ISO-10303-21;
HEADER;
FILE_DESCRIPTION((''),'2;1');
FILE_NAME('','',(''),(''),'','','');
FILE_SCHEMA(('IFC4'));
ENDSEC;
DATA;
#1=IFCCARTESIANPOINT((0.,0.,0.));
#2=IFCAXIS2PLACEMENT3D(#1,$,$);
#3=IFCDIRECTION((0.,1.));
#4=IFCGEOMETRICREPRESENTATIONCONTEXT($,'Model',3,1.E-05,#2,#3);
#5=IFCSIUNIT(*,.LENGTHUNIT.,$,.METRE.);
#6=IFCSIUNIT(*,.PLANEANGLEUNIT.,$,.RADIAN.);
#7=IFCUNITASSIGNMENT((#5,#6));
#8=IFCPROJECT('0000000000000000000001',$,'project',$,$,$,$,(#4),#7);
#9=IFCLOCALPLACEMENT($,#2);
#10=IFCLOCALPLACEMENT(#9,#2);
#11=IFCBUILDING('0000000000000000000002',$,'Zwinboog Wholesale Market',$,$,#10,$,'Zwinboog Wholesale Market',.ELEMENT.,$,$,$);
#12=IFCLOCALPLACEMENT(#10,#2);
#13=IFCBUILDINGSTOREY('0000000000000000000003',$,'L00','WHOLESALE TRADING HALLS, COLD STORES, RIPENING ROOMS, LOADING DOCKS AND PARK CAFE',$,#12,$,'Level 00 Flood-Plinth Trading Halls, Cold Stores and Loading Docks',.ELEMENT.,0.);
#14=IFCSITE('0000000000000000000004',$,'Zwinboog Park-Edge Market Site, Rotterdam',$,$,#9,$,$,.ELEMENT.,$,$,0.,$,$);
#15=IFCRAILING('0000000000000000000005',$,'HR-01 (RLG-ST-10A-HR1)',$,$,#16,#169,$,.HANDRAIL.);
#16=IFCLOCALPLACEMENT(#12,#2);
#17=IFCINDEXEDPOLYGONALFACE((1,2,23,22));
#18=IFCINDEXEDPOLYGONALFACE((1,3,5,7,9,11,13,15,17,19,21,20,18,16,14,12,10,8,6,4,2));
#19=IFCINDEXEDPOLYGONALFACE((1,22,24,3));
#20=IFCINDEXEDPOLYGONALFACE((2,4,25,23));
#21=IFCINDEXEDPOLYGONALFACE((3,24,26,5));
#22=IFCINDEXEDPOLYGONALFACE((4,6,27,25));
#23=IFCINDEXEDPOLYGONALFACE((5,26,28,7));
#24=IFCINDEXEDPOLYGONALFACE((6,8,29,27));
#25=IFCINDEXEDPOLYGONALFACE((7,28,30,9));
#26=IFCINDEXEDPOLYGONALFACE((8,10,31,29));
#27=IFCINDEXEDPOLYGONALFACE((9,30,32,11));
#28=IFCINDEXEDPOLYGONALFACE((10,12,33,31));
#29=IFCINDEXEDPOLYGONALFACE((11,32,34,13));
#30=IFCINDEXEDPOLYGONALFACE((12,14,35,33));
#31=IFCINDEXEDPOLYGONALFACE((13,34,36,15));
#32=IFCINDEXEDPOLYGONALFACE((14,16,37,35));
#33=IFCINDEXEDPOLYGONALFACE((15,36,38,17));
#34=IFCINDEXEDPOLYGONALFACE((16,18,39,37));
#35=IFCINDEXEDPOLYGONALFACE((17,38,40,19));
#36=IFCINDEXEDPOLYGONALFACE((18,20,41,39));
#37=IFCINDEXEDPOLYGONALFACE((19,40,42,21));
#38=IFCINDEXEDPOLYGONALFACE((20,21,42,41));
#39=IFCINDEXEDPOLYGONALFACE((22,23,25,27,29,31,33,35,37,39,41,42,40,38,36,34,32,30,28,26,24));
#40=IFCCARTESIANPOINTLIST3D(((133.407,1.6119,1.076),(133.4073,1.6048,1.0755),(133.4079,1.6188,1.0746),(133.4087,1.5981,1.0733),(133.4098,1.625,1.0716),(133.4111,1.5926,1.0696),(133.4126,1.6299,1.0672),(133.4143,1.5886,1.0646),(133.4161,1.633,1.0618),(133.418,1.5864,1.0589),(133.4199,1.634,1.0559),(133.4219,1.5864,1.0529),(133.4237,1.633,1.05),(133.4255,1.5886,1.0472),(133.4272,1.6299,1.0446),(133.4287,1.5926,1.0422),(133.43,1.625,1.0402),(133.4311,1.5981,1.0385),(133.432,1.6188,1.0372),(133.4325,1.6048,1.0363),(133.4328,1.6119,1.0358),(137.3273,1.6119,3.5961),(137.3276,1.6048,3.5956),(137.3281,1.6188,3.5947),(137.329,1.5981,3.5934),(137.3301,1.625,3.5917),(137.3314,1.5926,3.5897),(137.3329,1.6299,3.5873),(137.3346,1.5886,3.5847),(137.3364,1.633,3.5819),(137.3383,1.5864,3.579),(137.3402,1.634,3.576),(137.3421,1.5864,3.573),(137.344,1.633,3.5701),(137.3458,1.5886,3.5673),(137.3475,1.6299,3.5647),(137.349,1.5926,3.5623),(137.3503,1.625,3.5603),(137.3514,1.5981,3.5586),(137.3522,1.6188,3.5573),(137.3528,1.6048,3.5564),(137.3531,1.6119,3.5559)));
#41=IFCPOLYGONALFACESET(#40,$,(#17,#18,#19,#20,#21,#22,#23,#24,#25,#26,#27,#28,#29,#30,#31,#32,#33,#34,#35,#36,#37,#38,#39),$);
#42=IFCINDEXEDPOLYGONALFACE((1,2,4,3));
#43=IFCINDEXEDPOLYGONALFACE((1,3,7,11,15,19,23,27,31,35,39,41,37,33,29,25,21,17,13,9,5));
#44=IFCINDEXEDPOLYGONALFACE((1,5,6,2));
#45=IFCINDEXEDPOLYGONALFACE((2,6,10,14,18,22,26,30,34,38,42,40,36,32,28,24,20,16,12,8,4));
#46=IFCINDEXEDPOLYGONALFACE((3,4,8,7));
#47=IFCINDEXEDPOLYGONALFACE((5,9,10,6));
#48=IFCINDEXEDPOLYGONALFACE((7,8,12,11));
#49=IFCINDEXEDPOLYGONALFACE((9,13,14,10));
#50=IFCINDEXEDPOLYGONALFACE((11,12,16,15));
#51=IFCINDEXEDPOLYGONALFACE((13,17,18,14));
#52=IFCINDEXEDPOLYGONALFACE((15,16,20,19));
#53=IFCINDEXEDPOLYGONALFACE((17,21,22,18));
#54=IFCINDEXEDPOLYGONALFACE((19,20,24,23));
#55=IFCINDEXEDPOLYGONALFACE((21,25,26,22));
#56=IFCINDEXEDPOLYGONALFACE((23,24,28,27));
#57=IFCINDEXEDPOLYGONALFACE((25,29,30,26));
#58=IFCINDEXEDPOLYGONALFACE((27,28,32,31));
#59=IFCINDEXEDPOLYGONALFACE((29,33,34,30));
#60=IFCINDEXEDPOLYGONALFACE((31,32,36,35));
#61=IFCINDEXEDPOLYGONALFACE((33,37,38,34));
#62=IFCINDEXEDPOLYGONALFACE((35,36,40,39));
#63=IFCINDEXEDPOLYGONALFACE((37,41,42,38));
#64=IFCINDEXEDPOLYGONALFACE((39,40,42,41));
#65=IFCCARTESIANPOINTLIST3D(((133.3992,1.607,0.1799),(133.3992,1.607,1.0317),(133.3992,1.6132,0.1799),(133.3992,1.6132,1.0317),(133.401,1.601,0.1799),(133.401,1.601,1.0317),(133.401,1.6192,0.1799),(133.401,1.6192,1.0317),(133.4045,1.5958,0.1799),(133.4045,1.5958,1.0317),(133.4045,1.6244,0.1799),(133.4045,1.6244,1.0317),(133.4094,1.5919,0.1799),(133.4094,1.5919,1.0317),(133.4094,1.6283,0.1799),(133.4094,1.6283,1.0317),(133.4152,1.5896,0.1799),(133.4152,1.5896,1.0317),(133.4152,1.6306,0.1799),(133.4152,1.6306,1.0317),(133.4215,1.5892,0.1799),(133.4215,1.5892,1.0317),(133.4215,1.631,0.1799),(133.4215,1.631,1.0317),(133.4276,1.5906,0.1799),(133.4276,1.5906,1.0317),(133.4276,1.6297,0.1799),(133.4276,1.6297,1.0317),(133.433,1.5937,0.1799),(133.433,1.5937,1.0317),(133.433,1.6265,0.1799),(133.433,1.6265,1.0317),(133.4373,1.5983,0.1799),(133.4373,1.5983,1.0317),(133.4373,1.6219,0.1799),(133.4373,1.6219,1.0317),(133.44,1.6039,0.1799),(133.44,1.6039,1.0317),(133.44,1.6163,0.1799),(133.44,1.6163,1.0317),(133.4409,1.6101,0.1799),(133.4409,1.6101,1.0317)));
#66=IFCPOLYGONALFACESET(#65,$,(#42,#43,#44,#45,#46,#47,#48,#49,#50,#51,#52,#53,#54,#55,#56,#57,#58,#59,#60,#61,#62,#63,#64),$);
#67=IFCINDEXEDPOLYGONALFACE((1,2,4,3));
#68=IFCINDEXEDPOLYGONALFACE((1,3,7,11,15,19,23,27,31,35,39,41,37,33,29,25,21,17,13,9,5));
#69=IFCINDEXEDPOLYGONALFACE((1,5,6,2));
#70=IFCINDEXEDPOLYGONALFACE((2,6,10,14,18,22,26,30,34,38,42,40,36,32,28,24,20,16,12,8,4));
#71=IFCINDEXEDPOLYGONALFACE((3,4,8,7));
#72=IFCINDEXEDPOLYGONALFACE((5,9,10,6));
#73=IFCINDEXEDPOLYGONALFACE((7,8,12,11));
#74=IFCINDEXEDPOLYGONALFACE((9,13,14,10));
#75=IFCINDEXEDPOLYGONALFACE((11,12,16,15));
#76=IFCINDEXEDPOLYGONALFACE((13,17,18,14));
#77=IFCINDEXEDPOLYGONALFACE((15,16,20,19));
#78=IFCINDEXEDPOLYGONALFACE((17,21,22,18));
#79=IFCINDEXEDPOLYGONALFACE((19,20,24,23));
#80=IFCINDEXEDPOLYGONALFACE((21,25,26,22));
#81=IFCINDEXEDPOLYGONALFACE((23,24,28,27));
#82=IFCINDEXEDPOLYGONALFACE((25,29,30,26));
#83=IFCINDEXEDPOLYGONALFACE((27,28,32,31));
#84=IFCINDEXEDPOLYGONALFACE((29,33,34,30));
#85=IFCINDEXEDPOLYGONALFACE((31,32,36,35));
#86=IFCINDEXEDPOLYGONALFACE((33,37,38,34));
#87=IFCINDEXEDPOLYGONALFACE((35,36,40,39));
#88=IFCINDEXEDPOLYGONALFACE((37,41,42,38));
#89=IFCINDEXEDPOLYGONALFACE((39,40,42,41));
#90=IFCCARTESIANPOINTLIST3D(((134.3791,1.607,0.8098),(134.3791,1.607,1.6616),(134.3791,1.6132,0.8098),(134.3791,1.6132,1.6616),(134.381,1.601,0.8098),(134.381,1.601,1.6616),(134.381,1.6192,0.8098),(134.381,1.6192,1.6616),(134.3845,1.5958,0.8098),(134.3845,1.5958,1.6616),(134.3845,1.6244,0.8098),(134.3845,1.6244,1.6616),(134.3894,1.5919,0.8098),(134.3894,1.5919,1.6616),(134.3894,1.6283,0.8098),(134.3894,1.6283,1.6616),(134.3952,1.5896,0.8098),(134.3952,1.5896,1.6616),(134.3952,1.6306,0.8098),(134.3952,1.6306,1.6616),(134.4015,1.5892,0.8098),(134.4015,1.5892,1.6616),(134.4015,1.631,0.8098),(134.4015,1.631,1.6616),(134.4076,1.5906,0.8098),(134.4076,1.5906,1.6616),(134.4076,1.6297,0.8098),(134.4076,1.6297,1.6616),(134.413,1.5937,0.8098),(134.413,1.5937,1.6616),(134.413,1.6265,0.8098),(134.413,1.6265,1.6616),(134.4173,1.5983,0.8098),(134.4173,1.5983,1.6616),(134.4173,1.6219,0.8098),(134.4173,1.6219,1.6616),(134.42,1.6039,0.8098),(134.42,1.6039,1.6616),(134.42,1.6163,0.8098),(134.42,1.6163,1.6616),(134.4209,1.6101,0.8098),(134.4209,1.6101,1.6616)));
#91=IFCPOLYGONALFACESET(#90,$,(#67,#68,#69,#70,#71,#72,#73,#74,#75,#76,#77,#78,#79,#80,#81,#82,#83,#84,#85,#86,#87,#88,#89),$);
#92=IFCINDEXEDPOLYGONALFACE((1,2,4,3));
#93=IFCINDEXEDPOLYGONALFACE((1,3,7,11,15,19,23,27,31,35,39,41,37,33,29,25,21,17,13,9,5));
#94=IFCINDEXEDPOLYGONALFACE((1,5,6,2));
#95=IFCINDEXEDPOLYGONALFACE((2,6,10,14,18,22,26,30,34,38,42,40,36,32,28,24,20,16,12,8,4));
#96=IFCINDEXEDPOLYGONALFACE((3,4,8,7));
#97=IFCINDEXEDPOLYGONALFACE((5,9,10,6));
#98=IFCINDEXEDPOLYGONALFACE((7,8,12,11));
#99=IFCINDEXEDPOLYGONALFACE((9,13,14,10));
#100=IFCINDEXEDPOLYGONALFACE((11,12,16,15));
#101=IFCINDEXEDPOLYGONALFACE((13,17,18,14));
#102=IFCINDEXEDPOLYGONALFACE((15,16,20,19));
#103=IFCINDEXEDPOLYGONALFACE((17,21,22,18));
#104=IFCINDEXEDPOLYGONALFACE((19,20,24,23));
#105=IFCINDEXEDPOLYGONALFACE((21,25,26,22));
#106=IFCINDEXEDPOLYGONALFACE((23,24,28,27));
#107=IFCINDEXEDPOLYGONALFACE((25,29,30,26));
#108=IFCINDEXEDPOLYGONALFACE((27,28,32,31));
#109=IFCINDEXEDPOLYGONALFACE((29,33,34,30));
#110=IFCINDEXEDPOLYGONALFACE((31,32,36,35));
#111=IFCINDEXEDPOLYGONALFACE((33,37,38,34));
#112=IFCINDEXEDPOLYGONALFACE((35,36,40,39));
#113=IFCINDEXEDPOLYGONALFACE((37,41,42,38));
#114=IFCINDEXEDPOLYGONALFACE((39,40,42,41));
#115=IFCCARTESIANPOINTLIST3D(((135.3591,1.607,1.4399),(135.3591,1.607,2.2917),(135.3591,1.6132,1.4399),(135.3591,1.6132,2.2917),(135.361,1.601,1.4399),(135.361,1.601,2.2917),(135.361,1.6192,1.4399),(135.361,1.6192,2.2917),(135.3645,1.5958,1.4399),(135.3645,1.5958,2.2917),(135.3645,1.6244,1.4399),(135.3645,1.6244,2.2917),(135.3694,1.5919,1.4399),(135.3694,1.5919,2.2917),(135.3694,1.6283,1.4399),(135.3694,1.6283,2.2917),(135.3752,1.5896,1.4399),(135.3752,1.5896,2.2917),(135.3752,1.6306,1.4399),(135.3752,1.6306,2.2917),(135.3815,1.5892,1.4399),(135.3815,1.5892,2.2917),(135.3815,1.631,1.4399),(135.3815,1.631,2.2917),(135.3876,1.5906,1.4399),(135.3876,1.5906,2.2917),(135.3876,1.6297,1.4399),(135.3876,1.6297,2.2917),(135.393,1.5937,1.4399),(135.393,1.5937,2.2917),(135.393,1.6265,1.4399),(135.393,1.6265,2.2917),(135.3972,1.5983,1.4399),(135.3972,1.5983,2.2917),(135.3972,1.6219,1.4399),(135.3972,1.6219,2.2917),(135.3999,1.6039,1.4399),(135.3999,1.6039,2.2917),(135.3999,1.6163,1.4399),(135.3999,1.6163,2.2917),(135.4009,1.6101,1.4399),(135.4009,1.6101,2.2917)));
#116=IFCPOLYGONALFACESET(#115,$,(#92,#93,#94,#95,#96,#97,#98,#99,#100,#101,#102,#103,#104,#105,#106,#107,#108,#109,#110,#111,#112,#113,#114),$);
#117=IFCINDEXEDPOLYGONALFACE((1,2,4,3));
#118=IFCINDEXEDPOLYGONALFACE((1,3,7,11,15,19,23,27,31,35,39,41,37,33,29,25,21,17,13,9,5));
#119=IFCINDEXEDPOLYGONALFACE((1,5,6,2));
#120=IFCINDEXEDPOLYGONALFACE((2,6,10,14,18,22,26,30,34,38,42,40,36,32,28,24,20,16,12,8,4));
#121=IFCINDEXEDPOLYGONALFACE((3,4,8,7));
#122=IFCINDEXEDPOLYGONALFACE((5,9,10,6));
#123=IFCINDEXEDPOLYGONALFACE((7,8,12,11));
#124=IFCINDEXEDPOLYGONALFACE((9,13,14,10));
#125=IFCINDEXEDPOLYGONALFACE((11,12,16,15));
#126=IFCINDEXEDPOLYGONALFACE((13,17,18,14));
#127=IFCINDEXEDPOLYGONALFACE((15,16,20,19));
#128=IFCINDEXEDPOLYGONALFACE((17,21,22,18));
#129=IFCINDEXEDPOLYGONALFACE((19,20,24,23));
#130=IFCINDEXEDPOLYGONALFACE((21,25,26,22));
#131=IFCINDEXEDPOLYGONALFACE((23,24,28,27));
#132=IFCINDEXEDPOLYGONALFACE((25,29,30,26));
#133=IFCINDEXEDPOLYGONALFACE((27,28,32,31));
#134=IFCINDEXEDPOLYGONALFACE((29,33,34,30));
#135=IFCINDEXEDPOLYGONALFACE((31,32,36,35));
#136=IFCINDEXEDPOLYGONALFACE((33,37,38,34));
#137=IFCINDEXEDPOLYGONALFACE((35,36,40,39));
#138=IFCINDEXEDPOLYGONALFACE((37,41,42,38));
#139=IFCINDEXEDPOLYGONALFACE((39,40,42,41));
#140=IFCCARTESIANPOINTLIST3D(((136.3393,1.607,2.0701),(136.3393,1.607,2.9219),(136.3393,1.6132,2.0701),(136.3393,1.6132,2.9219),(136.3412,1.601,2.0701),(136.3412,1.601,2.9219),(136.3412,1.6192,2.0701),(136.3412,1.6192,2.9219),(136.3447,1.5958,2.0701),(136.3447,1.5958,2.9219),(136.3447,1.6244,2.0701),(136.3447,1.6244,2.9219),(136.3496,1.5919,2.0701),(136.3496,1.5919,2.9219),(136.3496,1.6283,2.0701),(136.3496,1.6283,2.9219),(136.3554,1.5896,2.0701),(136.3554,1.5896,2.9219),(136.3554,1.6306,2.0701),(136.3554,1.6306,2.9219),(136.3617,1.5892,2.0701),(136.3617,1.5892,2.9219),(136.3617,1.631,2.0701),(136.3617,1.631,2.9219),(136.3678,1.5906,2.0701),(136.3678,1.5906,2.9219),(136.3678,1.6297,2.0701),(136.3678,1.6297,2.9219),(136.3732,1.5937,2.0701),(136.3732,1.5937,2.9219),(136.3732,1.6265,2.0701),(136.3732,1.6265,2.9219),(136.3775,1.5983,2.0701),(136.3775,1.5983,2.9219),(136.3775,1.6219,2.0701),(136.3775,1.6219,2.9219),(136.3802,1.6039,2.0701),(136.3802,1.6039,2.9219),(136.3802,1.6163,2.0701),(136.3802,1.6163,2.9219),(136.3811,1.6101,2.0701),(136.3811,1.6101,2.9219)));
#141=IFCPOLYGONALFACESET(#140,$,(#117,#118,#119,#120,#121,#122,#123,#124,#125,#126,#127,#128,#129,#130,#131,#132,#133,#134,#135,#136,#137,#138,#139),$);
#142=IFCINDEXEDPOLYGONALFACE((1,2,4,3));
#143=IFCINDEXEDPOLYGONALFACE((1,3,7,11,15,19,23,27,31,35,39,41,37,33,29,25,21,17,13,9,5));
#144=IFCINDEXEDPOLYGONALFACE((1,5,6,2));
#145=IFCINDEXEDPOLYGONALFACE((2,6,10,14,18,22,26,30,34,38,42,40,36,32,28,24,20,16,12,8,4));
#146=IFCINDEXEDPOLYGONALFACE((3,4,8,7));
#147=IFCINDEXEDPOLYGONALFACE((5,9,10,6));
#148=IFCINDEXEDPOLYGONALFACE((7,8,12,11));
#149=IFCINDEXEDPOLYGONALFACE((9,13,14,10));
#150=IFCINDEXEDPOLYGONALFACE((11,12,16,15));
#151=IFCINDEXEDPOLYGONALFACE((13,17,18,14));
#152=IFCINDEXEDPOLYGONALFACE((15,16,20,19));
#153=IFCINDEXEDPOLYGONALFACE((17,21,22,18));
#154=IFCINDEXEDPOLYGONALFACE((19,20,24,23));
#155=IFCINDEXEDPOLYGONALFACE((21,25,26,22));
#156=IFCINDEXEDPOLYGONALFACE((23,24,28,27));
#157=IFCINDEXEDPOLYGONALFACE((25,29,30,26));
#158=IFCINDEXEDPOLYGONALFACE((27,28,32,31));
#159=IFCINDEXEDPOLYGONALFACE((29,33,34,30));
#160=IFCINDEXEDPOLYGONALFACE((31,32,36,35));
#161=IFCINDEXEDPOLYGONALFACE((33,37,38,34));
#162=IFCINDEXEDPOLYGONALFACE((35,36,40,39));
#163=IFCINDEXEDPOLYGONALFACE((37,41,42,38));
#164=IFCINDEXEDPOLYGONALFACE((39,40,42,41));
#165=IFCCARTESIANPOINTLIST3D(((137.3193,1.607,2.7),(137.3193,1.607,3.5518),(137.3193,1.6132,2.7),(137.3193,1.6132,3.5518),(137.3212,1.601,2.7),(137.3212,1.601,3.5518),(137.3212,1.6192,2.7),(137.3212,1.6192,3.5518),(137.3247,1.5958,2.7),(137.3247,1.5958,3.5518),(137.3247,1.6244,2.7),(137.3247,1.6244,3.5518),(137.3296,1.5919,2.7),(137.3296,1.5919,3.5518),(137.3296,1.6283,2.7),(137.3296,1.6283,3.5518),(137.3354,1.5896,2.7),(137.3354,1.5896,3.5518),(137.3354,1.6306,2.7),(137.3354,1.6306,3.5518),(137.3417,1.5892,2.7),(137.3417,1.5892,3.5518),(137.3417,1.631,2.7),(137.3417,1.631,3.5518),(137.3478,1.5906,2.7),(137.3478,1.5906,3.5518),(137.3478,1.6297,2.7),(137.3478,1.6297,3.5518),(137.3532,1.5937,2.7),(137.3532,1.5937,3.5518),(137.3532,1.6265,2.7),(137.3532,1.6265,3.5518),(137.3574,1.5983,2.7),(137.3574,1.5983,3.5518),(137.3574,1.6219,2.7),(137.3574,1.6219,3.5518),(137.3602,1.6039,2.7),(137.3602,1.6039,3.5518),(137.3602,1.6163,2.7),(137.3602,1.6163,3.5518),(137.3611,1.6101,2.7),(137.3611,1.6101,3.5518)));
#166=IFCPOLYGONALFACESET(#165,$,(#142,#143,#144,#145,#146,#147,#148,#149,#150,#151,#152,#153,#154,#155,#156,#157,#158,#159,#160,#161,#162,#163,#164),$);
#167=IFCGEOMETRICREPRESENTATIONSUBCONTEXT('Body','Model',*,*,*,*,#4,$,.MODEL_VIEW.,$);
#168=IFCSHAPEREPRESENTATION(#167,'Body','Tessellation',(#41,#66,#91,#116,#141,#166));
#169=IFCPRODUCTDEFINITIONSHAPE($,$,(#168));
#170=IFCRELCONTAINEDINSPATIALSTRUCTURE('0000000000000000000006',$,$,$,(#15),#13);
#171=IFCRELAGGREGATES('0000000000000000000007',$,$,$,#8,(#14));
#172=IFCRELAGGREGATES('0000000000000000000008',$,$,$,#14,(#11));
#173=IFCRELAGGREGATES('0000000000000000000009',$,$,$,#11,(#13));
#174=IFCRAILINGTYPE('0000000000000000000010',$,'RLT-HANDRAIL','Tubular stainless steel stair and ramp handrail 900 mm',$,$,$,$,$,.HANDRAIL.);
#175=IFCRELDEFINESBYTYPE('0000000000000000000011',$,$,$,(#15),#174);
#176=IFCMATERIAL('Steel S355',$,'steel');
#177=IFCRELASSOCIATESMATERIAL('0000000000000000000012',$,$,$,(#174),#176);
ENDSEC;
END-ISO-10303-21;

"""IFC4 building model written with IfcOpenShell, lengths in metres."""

from ifc_helpers import new_model, si_unit, direction, frame, origin, origin_2d, place, context, subcontext, project, spatial, circle, extrude, material, type_object, element, save


model = new_model("IFC4")

# Units and contexts
model_context = context("Model", 3, precision=1e-05, world=origin(), true_north=direction((0.0, 1.0)))
body_context = subcontext(model_context, "Body", "Model", "MODEL_VIEW")
ifc_project = project(units=[si_unit("LENGTHUNIT", "METRE"), si_unit("PLANEANGLEUNIT", "RADIAN")], contexts=[model_context])

# Site, building, storey
site_placement = place(None, origin())
site = spatial("IfcSite", under=ifc_project, at=site_placement, Name="Zwinboog Park-Edge Market Site, Rotterdam", CompositionType="ELEMENT", RefElevation=0.0)
building_placement = place(site_placement, origin())
building = spatial("IfcBuilding", under=site, at=building_placement, Name="Zwinboog Wholesale Market", LongName="Zwinboog Wholesale Market", CompositionType="ELEMENT")
storey_placement = place(building_placement, origin())
storey = spatial("IfcBuildingStorey", under=building, at=storey_placement, Name="L00", Description="WHOLESALE TRADING HALLS, COLD STORES, RIPENING ROOMS, LOADING DOCKS AND PARK CAFE", LongName="Level 00 Flood-Plinth Trading Halls, Cold Stores and Loading Docks", CompositionType="ELEMENT", Elevation=0.0)

# Railing
ifc_material_1 = material(Name="Steel S355", Category="steel")
railing_type_1 = type_object("IfcRailingType", Name="RLT-HANDRAIL", Description="Tubular stainless steel stair and ramp handrail 900 mm", PredefinedType="HANDRAIL", material=ifc_material_1)
railing_1_placement = place(storey_placement, frame((133.4199, 1.6101, 0.1799)))
element("IfcRailing", 1, at=railing_1_placement, inside=storey, type_object=railing_type_1, Name="HR-01 (RLG-ST-10A-HR1)", PredefinedType="HANDRAIL", context=body_context, shape_type="SweptSolid", body=[
    extrude(circle(Radius=0.0239, at=origin_2d()), frame((0.0, 0.0, 0.876), z_axis=(0.841187, 0.0, 0.540744), x_axis=(0.0, 1.0, 0.0)), (0.0, 0.0, 1.0), 4.6604),
    extrude(circle(Radius=0.021, at=origin_2d()), origin(), (0.0, 0.0, 1.0), 0.8518),
    extrude(circle(Radius=0.021, at=origin_2d()), frame((0.98, 0.0, 0.6299)), (0.0, 0.0, 1.0), 0.8518),
    extrude(circle(Radius=0.021, at=origin_2d()), frame((1.96, 0.0, 1.26)), (0.0, 0.0, 1.0), 0.8518),
    extrude(circle(Radius=0.021, at=origin_2d()), frame((2.9402, 0.0, 1.8901)), (0.0, 0.0, 1.0), 0.8518),
    extrude(circle(Radius=0.021, at=origin_2d()), frame((3.9202, 0.0, 2.52)), (0.0, 0.0, 1.0), 0.8518),
])

save(model, "model.ifc")
